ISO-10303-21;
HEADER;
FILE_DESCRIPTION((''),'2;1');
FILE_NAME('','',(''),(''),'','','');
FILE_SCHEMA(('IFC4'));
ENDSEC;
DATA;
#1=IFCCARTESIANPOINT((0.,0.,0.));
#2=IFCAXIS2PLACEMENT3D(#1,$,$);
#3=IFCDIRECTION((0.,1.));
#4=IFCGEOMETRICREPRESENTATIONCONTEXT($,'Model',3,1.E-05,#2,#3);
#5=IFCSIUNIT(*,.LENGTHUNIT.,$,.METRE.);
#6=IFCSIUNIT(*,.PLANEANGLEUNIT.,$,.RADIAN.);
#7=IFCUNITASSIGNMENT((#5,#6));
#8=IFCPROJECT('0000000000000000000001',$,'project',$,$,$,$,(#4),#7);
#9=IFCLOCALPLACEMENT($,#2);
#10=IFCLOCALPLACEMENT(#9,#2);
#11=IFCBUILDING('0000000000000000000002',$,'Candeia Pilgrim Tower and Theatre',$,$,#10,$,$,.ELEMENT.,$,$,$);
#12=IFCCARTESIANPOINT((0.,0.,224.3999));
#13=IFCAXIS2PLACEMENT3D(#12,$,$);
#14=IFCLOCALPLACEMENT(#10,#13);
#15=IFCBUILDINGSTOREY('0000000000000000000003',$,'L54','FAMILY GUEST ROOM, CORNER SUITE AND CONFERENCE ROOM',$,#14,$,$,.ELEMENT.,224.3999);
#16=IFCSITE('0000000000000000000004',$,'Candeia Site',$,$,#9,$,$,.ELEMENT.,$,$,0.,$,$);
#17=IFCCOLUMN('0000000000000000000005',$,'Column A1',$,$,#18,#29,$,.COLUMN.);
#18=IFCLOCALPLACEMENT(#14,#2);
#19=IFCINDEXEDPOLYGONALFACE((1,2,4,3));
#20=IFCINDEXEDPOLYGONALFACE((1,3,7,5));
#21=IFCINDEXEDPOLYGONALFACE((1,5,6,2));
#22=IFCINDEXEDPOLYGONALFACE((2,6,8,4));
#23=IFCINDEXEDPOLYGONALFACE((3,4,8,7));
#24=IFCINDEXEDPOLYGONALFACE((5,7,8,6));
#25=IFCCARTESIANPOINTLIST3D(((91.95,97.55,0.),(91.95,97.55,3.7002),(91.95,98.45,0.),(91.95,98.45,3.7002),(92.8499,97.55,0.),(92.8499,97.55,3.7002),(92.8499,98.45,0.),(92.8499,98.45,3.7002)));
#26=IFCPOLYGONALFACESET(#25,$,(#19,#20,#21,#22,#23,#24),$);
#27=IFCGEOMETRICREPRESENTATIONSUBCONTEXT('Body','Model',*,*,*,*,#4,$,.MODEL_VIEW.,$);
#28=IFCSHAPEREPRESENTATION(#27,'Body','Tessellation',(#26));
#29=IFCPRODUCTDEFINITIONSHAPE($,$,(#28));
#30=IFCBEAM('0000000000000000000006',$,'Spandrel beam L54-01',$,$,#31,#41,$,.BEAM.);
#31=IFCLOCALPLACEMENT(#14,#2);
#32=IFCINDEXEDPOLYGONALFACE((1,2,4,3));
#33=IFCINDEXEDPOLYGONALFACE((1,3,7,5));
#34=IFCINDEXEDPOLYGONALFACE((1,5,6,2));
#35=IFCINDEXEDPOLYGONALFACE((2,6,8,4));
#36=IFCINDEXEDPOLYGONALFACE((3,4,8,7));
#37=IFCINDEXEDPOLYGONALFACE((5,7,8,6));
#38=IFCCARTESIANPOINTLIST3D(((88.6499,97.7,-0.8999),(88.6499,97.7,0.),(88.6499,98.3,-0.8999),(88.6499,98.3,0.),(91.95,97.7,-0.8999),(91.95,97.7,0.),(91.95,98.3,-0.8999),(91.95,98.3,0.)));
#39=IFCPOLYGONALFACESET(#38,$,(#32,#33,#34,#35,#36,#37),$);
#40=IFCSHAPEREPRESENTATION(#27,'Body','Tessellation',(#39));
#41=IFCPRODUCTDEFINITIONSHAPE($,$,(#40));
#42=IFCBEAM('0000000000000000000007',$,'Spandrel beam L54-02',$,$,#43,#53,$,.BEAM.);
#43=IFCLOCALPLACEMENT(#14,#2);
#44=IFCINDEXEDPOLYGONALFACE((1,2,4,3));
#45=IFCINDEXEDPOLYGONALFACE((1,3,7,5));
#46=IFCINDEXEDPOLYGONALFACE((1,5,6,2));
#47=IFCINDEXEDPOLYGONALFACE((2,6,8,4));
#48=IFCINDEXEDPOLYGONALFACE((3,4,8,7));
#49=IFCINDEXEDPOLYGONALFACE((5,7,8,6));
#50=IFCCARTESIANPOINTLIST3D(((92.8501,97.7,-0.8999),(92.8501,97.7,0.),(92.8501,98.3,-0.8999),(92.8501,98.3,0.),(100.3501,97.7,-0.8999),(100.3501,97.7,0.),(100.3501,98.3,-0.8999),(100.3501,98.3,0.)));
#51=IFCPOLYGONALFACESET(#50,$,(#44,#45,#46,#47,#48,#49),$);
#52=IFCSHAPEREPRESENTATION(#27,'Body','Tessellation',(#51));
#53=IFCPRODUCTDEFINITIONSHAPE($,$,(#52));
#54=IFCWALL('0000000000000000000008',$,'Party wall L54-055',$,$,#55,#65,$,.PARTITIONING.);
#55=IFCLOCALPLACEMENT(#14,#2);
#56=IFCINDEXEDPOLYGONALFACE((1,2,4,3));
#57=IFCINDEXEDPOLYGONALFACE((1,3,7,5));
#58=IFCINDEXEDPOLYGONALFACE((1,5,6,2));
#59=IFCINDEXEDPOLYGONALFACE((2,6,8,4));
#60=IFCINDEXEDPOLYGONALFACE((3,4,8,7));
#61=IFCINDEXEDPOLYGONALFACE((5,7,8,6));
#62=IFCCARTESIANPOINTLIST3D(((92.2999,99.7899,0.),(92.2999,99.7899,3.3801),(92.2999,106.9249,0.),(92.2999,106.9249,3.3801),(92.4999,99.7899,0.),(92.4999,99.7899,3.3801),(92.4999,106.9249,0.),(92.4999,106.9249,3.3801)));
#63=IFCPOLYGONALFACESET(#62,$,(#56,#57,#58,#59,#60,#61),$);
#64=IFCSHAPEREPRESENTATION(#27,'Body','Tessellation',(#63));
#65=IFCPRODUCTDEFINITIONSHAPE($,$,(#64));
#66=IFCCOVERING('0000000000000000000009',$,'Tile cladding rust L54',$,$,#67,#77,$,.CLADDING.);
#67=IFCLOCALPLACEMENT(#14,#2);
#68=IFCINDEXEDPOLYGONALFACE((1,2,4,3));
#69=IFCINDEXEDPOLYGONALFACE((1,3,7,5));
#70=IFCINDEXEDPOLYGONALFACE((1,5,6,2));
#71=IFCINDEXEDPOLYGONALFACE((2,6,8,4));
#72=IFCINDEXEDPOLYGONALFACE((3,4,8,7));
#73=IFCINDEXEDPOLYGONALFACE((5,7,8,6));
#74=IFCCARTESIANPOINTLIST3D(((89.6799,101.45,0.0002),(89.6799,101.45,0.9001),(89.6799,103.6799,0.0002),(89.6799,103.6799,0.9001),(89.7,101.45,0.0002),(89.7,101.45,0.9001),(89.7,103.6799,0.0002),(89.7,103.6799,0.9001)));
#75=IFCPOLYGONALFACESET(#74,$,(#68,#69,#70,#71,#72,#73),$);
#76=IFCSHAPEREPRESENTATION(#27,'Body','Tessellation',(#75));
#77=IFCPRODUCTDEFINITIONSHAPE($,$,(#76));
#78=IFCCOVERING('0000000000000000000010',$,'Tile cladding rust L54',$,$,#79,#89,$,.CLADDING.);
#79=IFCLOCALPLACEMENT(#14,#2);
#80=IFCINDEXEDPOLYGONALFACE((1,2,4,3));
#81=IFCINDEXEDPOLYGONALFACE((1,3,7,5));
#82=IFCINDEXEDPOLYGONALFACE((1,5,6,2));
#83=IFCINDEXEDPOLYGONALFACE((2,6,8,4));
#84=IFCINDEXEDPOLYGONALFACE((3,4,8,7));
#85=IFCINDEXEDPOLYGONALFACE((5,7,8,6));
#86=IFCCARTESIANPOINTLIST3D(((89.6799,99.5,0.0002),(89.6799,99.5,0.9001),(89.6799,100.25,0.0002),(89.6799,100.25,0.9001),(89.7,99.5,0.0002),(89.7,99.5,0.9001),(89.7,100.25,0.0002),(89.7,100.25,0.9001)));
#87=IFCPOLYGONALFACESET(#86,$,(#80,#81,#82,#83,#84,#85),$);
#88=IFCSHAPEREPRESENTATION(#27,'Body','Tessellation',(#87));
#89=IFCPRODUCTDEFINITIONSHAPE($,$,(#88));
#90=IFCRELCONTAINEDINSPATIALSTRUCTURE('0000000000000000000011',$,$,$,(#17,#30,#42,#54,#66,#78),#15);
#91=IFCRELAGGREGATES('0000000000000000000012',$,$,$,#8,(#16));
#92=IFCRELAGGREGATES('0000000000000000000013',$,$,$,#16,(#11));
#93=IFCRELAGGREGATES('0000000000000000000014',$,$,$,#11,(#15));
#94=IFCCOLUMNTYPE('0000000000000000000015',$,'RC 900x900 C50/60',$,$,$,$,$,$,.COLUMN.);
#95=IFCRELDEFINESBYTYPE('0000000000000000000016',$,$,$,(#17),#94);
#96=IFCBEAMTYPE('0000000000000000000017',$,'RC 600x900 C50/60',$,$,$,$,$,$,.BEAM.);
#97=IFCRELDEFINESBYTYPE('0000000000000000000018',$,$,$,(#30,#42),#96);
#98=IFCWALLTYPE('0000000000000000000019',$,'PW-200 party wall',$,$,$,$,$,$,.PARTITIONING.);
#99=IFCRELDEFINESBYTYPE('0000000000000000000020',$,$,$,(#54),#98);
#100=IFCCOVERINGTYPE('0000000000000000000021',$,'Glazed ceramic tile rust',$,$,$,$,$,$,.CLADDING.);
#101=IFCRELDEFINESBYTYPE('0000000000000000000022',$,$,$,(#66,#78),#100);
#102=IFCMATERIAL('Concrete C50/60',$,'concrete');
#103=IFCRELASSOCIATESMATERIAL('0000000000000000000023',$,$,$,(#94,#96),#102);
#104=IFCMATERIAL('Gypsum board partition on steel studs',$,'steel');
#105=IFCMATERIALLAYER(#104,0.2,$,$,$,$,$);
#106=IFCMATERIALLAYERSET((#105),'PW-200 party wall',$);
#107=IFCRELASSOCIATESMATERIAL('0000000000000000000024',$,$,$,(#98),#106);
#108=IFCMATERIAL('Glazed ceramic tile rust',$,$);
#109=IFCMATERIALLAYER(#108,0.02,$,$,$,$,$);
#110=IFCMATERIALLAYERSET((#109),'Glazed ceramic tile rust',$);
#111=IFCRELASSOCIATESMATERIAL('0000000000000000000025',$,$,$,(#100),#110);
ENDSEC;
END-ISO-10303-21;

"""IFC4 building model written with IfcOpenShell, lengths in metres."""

from ifc_helpers import new_model, si_unit, direction, frame, frame_2d, origin, origin_2d, place, context, subcontext, project, spatial, rectangle, extrude, material, layer, layer_set, material_profile, profile_set, type_object, element, save


model = new_model("IFC4")

# Units and contexts
model_context = context("Model", 3, precision=1e-05, world=origin(), true_north=direction((0.0, 1.0)))
body_context = subcontext(model_context, "Body", "Model", "MODEL_VIEW")
ifc_project = project(units=[si_unit("LENGTHUNIT", "METRE"), si_unit("PLANEANGLEUNIT", "RADIAN")], contexts=[model_context])

# Site, building, storey
site_placement = place(None, origin())
site = spatial("IfcSite", under=ifc_project, at=site_placement, Name="Candeia Site", CompositionType="ELEMENT", RefElevation=0.0)
building_placement = place(site_placement, origin())
building = spatial("IfcBuilding", under=site, at=building_placement, Name="Candeia Pilgrim Tower and Theatre", CompositionType="ELEMENT")
storey_placement = place(building_placement, frame((0.0, 0.0, 224.3999)))
storey = spatial("IfcBuildingStorey", under=building, at=storey_placement, Name="L54", Description="FAMILY GUEST ROOM, CORNER SUITE AND CONFERENCE ROOM", CompositionType="ELEMENT", Elevation=224.3999)

# Column
ifc_material_1 = material(Name="Concrete C50/60", Category="concrete")
ifc_material_profile_1 = material_profile(ifc_material_1, rectangle(XDim=0.8999, YDim=0.8999, at=origin_2d()))
ifc_profile_set_1 = profile_set([ifc_material_profile_1], Name="Concrete C50/60")
column_type = type_object("IfcColumnType", Name="RC 900x900 C50/60", PredefinedType="COLUMN", material=ifc_profile_set_1)
column_placement = place(storey_placement, frame((92.3999, 98.0, 0.0), z_axis=(0.0, 0.0, 1.0), x_axis=(1.0, 0.0, 0.0)))
element("IfcColumn", 1, at=column_placement, inside=storey, type_object=column_type, Name="Column A1", PredefinedType="COLUMN", context=body_context, shape_type="SweptSolid", body=[
    extrude(rectangle(XDim=0.8999, YDim=0.8999, at=origin_2d()), origin(), (0.0, 0.0, 1.0), 3.7002),
])

# Beams
ifc_material_profile_2 = material_profile(ifc_material_1, rectangle(XDim=0.6001, YDim=0.8999, at=origin_2d()))
ifc_profile_set_2 = profile_set([ifc_material_profile_2], Name="Concrete C50/60")
beam_type = type_object("IfcBeamType", Name="RC 600x900 C50/60", PredefinedType="BEAM", material=ifc_profile_set_2)
beam_1_placement = place(storey_placement, frame((88.6499, 98.0, -0.45), z_axis=(1.0, 0.0, 0.0), x_axis=(0.0, 1.0, 0.0)))
element("IfcBeam", 2, at=beam_1_placement, inside=storey, type_object=beam_type, Name="Spandrel beam L54-01", PredefinedType="BEAM", context=body_context, shape_type="SweptSolid", body=[
    extrude(rectangle(XDim=0.6001, YDim=0.8999, at=origin_2d()), origin(), (0.0, 0.0, 1.0), 3.3),
])
beam_2_placement = place(storey_placement, frame((92.8501, 98.0, -0.45), z_axis=(1.0, 0.0, 0.0), x_axis=(0.0, 1.0, 0.0)))
element("IfcBeam", 3, at=beam_2_placement, inside=storey, type_object=beam_type, Name="Spandrel beam L54-02", PredefinedType="BEAM", context=body_context, shape_type="SweptSolid", body=[
    extrude(rectangle(XDim=0.6001, YDim=0.8999, at=origin_2d()), origin(), (0.0, 0.0, 1.0), 7.5),
])

# Wall
ifc_material_2 = material(Name="Gypsum board partition on steel studs", Category="steel")
ifc_layer_1 = layer(ifc_material_2, 0.2)
ifc_layer_set_1 = layer_set([ifc_layer_1], Name="PW-200 party wall")
wall_type_1 = type_object("IfcWallType", Name="PW-200 party wall", PredefinedType="PARTITIONING", material=ifc_layer_set_1)
wall_1_placement = place(storey_placement, frame((92.3999, 99.79, 0.0), z_axis=(0.0, 0.0, 1.0), x_axis=(0.0, 1.0, 0.0)))
element("IfcWall", 4, at=wall_1_placement, inside=storey, type_object=wall_type_1, Name="Party wall L54-055", PredefinedType="PARTITIONING", context=body_context, shape_type="SweptSolid", body=[
    extrude(rectangle(XDim=7.135, YDim=0.2, at=frame_2d((3.5674, 0.0))), origin(), (0.0, 0.0, 1.0), 3.3801),
])

# Coverings
ifc_material_3 = material(Name="Glazed ceramic tile rust")
ifc_layer_2 = layer(ifc_material_3, 0.02)
ifc_layer_set_2 = layer_set([ifc_layer_2], Name="Glazed ceramic tile rust")
covering_type = type_object("IfcCoveringType", Name="Glazed ceramic tile rust", PredefinedType="CLADDING", material=ifc_layer_set_2)
covering_1_placement = place(storey_placement, frame((89.6899, 102.5649, 0.0002), z_axis=(0.0, 0.0, 1.0), x_axis=(0.0, -1.0, 0.0)))
element("IfcCovering", 5, at=covering_1_placement, inside=storey, type_object=covering_type, Name="Tile cladding rust L54", PredefinedType="CLADDING", context=body_context, shape_type="SweptSolid", body=[
    extrude(rectangle(XDim=2.23, YDim=0.02, at=origin_2d()), origin(), (0.0, 0.0, 1.0), 0.8999),
])
covering_2_placement = place(storey_placement, frame((89.6899, 99.875, 0.0002), z_axis=(0.0, 0.0, 1.0), x_axis=(0.0, -1.0, 0.0)))
element("IfcCovering", 6, at=covering_2_placement, inside=storey, type_object=covering_type, Name="Tile cladding rust L54", PredefinedType="CLADDING", context=body_context, shape_type="SweptSolid", body=[
    extrude(rectangle(XDim=0.75, YDim=0.02, at=origin_2d()), origin(), (0.0, 0.0, 1.0), 0.8999),
])

save(model, "model.ifc")
